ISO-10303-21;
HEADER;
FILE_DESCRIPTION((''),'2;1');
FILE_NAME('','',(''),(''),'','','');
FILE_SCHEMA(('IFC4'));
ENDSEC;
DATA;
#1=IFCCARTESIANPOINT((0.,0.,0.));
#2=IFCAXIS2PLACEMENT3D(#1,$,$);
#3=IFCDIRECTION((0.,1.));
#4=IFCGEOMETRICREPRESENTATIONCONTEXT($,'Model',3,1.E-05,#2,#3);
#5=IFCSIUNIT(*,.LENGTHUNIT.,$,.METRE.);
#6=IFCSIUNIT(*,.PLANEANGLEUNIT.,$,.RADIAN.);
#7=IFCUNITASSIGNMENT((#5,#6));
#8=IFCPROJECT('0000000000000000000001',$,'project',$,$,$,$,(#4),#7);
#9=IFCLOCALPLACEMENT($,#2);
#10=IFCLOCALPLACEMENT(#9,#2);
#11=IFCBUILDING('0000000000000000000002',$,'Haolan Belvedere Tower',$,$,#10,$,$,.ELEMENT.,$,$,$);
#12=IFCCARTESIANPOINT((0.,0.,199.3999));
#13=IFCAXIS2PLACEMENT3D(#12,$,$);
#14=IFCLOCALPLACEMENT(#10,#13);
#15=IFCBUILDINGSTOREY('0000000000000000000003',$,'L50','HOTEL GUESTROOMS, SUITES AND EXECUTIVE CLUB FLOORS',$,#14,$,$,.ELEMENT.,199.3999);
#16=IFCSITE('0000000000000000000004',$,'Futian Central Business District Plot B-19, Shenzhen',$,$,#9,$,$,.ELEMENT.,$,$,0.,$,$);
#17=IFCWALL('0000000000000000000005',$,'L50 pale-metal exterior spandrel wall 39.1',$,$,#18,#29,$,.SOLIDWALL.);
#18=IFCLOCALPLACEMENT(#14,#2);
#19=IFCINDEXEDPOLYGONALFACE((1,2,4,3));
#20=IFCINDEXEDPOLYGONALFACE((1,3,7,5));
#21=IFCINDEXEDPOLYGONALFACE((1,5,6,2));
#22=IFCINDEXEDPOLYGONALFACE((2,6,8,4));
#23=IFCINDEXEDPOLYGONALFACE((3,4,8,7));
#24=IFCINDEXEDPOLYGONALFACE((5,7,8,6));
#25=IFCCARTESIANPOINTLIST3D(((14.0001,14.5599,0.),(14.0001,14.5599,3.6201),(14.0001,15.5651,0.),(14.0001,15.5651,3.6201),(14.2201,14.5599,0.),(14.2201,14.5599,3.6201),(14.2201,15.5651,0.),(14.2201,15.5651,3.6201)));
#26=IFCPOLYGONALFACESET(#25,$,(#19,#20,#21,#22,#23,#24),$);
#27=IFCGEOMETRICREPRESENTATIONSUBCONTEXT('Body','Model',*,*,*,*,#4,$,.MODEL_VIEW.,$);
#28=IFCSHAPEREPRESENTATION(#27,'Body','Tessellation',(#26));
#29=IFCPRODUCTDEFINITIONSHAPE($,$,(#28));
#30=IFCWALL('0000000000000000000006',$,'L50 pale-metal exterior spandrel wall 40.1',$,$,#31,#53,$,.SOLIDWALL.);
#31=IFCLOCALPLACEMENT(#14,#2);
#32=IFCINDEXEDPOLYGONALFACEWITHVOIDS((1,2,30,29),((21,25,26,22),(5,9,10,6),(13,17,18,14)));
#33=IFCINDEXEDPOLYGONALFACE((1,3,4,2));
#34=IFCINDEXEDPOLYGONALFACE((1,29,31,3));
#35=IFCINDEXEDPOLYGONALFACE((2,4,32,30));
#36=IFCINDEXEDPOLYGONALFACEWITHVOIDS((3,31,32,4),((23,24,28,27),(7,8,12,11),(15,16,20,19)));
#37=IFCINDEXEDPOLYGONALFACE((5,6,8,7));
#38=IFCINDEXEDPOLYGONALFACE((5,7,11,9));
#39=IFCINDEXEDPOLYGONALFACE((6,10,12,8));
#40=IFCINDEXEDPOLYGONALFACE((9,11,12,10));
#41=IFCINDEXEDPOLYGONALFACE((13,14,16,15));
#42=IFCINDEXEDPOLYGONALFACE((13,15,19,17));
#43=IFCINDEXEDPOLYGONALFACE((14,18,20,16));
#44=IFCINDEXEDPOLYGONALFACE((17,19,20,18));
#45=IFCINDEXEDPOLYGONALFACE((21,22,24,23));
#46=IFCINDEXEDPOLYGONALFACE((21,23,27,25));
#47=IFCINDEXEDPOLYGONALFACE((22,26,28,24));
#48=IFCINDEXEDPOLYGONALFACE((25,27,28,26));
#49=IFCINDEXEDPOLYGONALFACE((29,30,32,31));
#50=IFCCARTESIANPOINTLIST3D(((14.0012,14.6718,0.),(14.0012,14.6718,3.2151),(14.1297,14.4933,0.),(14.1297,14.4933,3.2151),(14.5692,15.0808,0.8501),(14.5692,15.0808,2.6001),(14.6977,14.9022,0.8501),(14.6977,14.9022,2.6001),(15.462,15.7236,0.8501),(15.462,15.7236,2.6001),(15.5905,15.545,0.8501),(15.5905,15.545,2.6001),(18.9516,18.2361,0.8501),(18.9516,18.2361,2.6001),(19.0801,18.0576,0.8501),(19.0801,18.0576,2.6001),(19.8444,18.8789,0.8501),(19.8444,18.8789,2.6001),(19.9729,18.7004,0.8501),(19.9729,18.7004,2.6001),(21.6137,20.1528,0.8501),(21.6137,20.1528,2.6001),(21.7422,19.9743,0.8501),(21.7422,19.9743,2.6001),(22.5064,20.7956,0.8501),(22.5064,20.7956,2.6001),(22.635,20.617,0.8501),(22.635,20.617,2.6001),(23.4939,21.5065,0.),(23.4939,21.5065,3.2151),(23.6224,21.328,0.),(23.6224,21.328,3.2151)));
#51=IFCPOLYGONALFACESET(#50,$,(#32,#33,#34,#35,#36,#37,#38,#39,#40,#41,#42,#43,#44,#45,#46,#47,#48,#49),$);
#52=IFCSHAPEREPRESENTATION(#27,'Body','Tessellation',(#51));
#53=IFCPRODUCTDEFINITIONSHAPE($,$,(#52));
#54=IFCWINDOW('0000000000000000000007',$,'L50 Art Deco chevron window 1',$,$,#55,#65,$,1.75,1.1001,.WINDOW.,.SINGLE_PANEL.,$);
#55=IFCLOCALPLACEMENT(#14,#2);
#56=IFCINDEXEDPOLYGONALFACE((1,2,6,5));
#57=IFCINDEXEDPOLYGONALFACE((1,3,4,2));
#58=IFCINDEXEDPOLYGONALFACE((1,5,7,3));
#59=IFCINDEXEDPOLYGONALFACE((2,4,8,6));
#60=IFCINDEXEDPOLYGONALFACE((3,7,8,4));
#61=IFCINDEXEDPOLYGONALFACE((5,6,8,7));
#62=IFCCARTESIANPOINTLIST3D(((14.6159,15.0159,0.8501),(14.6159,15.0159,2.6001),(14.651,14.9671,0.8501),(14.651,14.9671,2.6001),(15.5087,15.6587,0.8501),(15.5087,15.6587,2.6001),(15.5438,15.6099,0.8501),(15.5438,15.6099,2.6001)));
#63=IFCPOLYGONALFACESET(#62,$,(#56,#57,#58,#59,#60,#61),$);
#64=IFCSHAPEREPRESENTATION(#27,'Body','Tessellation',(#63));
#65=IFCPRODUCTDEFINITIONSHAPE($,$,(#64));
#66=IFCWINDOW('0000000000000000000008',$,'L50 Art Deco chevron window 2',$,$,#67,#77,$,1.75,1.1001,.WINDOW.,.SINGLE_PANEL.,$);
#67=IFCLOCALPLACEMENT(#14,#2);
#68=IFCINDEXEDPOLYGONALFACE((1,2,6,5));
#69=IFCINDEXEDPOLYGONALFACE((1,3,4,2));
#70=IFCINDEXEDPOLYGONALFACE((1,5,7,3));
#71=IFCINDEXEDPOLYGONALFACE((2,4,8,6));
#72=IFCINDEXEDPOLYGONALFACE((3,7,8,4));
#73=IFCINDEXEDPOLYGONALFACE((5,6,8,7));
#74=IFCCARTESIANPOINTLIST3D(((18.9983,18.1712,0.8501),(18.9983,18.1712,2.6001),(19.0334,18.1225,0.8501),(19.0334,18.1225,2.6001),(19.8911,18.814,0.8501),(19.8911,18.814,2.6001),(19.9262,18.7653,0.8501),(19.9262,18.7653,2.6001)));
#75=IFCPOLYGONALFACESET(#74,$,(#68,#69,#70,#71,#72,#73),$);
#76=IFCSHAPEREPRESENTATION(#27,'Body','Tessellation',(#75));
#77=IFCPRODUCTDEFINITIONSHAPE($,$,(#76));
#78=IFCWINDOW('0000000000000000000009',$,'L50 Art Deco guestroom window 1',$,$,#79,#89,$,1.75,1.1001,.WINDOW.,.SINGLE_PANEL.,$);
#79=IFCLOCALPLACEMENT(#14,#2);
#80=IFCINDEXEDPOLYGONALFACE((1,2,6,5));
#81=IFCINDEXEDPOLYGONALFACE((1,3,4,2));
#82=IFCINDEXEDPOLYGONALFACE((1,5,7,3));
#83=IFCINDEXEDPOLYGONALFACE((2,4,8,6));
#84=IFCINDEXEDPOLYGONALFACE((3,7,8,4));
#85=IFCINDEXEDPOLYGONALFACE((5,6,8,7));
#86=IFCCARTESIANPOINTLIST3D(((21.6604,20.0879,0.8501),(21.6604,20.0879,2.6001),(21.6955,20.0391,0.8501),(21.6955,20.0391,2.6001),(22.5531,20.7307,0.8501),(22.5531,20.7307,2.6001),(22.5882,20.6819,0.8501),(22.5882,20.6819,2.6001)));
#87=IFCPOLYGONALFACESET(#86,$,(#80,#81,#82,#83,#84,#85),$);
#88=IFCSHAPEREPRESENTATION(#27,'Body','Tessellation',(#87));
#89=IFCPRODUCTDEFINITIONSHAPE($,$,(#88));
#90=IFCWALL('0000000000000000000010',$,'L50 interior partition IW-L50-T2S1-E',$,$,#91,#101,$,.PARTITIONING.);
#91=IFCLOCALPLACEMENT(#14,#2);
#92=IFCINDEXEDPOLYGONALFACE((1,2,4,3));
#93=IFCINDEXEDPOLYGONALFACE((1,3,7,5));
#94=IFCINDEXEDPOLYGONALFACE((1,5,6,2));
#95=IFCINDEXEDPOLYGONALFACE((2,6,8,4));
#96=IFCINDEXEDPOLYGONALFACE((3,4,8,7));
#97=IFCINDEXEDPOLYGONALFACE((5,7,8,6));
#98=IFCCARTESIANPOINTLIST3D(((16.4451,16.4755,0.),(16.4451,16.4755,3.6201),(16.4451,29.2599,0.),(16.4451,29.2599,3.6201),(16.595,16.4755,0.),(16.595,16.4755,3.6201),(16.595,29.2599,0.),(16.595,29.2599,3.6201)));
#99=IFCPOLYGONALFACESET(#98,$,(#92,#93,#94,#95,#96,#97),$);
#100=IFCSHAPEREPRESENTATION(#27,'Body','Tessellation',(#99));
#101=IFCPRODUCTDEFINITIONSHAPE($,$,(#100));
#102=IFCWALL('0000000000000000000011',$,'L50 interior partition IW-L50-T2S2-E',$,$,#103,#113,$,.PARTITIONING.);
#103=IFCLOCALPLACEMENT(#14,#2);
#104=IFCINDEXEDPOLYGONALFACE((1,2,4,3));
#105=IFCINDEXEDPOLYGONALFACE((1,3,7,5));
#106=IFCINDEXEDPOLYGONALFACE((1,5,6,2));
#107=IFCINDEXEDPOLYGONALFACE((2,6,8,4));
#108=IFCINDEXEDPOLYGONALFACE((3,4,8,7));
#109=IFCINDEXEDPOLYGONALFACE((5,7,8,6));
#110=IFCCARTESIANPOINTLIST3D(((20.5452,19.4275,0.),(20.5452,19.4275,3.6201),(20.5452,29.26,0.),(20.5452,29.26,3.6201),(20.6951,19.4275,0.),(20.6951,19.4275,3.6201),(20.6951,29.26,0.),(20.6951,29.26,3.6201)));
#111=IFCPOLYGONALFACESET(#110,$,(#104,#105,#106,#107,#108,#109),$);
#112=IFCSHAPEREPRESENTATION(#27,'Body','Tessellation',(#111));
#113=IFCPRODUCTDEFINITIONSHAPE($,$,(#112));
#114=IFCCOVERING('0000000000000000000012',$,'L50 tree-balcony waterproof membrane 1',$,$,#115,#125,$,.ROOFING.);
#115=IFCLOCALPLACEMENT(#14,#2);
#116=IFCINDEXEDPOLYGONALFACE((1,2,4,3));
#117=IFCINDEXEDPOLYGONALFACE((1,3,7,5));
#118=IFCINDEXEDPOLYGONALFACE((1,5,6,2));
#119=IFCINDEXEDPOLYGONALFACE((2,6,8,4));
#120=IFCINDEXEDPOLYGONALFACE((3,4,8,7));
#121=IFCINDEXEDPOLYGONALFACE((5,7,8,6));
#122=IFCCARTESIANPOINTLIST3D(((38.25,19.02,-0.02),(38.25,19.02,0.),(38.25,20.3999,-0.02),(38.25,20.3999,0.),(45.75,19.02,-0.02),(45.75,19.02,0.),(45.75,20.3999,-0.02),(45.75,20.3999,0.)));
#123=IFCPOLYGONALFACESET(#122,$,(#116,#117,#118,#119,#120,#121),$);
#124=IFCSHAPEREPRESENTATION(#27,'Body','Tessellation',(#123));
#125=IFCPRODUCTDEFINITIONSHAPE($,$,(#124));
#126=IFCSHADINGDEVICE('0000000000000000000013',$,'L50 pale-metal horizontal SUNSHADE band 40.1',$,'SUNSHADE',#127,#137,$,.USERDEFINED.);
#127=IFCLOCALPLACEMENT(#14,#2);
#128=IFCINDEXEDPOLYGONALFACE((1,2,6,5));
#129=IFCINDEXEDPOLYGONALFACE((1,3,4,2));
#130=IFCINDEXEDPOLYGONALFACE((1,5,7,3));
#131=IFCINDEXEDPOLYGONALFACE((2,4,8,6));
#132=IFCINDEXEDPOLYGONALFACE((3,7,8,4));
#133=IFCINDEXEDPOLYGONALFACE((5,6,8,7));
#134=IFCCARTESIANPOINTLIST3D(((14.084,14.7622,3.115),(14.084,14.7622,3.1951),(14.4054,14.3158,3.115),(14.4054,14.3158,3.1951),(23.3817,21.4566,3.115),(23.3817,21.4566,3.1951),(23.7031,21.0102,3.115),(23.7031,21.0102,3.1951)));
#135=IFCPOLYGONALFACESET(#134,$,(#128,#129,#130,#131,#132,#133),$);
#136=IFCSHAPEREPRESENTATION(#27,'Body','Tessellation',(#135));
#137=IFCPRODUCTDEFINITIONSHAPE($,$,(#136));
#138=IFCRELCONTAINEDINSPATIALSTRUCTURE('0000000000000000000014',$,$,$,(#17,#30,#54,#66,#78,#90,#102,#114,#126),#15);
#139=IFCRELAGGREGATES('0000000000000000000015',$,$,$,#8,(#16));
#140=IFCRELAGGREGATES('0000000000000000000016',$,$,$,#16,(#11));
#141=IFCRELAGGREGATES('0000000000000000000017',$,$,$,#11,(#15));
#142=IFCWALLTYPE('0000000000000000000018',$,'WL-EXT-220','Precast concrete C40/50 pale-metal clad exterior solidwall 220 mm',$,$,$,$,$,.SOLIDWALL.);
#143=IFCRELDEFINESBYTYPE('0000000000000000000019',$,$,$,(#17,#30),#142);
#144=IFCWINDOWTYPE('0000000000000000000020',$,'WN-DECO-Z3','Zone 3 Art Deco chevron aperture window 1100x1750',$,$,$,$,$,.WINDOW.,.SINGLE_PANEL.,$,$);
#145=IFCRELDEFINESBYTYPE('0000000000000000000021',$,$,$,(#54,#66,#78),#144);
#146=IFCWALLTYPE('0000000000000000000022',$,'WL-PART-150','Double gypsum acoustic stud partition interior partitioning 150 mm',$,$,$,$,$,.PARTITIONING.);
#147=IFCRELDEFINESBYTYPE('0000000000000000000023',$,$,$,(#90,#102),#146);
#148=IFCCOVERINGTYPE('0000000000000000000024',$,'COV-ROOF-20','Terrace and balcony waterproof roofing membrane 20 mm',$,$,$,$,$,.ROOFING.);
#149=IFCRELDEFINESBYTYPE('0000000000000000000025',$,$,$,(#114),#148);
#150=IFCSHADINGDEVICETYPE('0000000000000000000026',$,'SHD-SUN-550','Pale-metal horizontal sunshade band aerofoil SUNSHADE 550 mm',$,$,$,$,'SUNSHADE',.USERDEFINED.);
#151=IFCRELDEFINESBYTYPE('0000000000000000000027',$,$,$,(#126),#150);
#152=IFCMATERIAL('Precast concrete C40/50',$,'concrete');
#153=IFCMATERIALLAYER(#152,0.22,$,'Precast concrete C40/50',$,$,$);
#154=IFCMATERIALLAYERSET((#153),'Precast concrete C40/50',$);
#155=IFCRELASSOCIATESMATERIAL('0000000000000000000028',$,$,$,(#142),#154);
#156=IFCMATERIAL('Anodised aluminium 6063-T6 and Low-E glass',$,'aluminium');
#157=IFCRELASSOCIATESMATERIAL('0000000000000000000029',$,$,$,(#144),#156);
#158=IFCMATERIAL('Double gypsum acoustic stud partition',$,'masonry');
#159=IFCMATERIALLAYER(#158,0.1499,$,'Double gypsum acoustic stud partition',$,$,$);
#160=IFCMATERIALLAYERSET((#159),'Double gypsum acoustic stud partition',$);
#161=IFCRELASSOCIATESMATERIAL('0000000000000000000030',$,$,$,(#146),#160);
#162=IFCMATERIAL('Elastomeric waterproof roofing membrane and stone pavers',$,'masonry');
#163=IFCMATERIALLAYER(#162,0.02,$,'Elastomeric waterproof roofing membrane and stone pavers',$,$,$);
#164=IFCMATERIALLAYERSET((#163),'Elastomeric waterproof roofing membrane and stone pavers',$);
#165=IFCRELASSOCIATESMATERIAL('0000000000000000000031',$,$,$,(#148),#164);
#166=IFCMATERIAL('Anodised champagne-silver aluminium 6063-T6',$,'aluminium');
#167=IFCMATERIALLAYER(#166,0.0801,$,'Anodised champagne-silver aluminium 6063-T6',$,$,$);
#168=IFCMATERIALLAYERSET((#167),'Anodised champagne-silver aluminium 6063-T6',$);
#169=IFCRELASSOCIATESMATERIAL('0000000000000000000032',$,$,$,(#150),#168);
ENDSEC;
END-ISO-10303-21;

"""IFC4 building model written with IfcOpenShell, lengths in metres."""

from ifc_helpers import new_model, si_unit, direction, frame, frame_2d, origin, origin_2d, place, context, subcontext, project, spatial, polyline, rectangle, outline, extrude, material, layer, layer_set, type_object, element, fill, save


model = new_model("IFC4")

# Units and contexts
model_context = context("Model", 3, precision=1e-05, world=origin(), true_north=direction((0.0, 1.0)))
body_context = subcontext(model_context, "Body", "Model", "MODEL_VIEW")
ifc_project = project(units=[si_unit("LENGTHUNIT", "METRE"), si_unit("PLANEANGLEUNIT", "RADIAN")], contexts=[model_context])

# Site, building, storey
site_placement = place(None, origin())
site = spatial("IfcSite", under=ifc_project, at=site_placement, Name="Futian Central Business District Plot B-19, Shenzhen", CompositionType="ELEMENT", RefElevation=0.0)
building_placement = place(site_placement, origin())
building = spatial("IfcBuilding", under=site, at=building_placement, Name="Haolan Belvedere Tower", CompositionType="ELEMENT")
storey_placement = place(building_placement, frame((0.0, 0.0, 199.3999)))
storey = spatial("IfcBuildingStorey", under=building, at=storey_placement, Name="L50", Description="HOTEL GUESTROOMS, SUITES AND EXECUTIVE CLUB FLOORS", CompositionType="ELEMENT", Elevation=199.3999)

# Wall
ifc_material_1 = material(Name="Precast concrete C40/50", Category="concrete")
ifc_layer_1 = layer(ifc_material_1, 0.22, Name="Precast concrete C40/50")
ifc_layer_set_1 = layer_set([ifc_layer_1], Name="Precast concrete C40/50")
wall_type_1 = type_object("IfcWallType", Name="WL-EXT-220", Description="Precast concrete C40/50 pale-metal clad exterior solidwall 220 mm", PredefinedType="SOLIDWALL", material=ifc_layer_set_1)
wall_1_placement = place(storey_placement, frame((14.1101, 15.5649, 0.0), z_axis=(0.0, 0.0, 1.0), x_axis=(0.0, -1.0, 0.0)))
element("IfcWall", 1, at=wall_1_placement, inside=storey, type_object=wall_type_1, Name="L50 pale-metal exterior spandrel wall 39.1", PredefinedType="SOLIDWALL", context=body_context, shape_type="SweptSolid", body=[
    extrude(rectangle(XDim=1.0051, YDim=0.22, at=frame_2d((0.5024, 0.0))), origin(), (0.0, 0.0, 1.0), 3.6201),
])

# Wall, openings, windows
wall_2_placement = place(storey_placement, frame((14.0654, 14.5825, 0.0), z_axis=(0.0, 0.0, 1.0), x_axis=(0.811535, 0.584304, 0.0)))
wall_2 = element("IfcWall", 2, at=wall_2_placement, inside=storey, type_object=wall_type_1, Name="L50 pale-metal exterior spandrel wall 40.1", PredefinedType="SOLIDWALL", context=body_context, shape_type="SweptSolid", body=[
    extrude(rectangle(XDim=11.6973, YDim=0.22, at=frame_2d((5.8486, 0.0))), origin(), (0.0, 0.0, 1.0), 3.2151),
])
opening_1_placement = place(wall_2_placement, frame((0.7, 0.0, 0.8501)))
opening_1 = element("IfcOpeningElement", 3, at=opening_1_placement, cuts=wall_2, PredefinedType="OPENING", context=body_context, shape_type="SweptSolid", body=[
    extrude(rectangle(XDim=1.1001, YDim=1.75, at=frame_2d((0.55, 0.875))), frame((0.0, 0.1199, 0.0), z_axis=(0.0, -1.0, 0.0), x_axis=(1.0, 0.0, 0.0)), (0.0, 0.0, 1.0), 0.24),
])
opening_2_placement = place(wall_2_placement, frame((6.1001, 0.0, 0.8501)))
opening_2 = element("IfcOpeningElement", 4, at=opening_2_placement, cuts=wall_2, PredefinedType="OPENING", context=body_context, shape_type="SweptSolid", body=[
    extrude(rectangle(XDim=1.1001, YDim=1.75, at=frame_2d((0.55, 0.875))), frame((0.0, 0.1199, 0.0), z_axis=(0.0, -1.0, 0.0), x_axis=(1.0, 0.0, 0.0)), (0.0, 0.0, 1.0), 0.24),
])
opening_3_placement = place(wall_2_placement, frame((9.3804, 0.0, 0.8501)))
opening_3 = element("IfcOpeningElement", 5, at=opening_3_placement, cuts=wall_2, PredefinedType="OPENING", context=body_context, shape_type="SweptSolid", body=[
    extrude(rectangle(XDim=1.1001, YDim=1.75, at=frame_2d((0.55, 0.875))), frame((0.0, 0.1199, 0.0), z_axis=(0.0, -1.0, 0.0), x_axis=(1.0, 0.0, 0.0)), (0.0, 0.0, 1.0), 0.24),
])
ifc_material_2 = material(Name="Anodised aluminium 6063-T6 and Low-E glass", Category="aluminium")
window_type = type_object("IfcWindowType", Name="WN-DECO-Z3", Description="Zone 3 Art Deco chevron aperture window 1100x1750", PartitioningType="SINGLE_PANEL", PredefinedType="WINDOW", material=ifc_material_2)
window_1_placement = place(opening_1_placement, origin())
window_1 = element("IfcWindow", 6, at=window_1_placement, inside=storey, type_object=window_type, Name="L50 Art Deco chevron window 1", OverallHeight=1.75, OverallWidth=1.1001, PartitioningType="SINGLE_PANEL", PredefinedType="WINDOW", context=body_context, shape_type="SweptSolid", body=[
    extrude(rectangle(XDim=1.1001, YDim=1.75, at=frame_2d((0.55, 0.875))), frame((0.0, 0.03, 0.0), z_axis=(0.0, -1.0, 0.0), x_axis=(1.0, 0.0, 0.0)), (0.0, 0.0, 1.0), 0.0601),
])
fill(opening_1, window_1)
window_2_placement = place(opening_2_placement, origin())
window_2 = element("IfcWindow", 7, at=window_2_placement, inside=storey, type_object=window_type, Name="L50 Art Deco chevron window 2", OverallHeight=1.75, OverallWidth=1.1001, PartitioningType="SINGLE_PANEL", PredefinedType="WINDOW", context=body_context, shape_type="SweptSolid", body=[
    extrude(rectangle(XDim=1.1001, YDim=1.75, at=frame_2d((0.55, 0.875))), frame((0.0, 0.03, 0.0), z_axis=(0.0, -1.0, 0.0), x_axis=(1.0, 0.0, 0.0)), (0.0, 0.0, 1.0), 0.0601),
])
fill(opening_2, window_2)
window_3_placement = place(opening_3_placement, origin())
window_3 = element("IfcWindow", 8, at=window_3_placement, inside=storey, type_object=window_type, Name="L50 Art Deco guestroom window 1", OverallHeight=1.75, OverallWidth=1.1001, PartitioningType="SINGLE_PANEL", PredefinedType="WINDOW", context=body_context, shape_type="SweptSolid", body=[
    extrude(rectangle(XDim=1.1001, YDim=1.75, at=frame_2d((0.55, 0.875))), frame((0.0, 0.03, 0.0), z_axis=(0.0, -1.0, 0.0), x_axis=(1.0, 0.0, 0.0)), (0.0, 0.0, 1.0), 0.0601),
])
fill(opening_3, window_3)

# Walls
ifc_material_3 = material(Name="Double gypsum acoustic stud partition", Category="masonry")
ifc_layer_2 = layer(ifc_material_3, 0.1499, Name="Double gypsum acoustic stud partition")
ifc_layer_set_2 = layer_set([ifc_layer_2], Name="Double gypsum acoustic stud partition")
wall_type_2 = type_object("IfcWallType", Name="WL-PART-150", Description="Double gypsum acoustic stud partition interior partitioning 150 mm", PredefinedType="PARTITIONING", material=ifc_layer_set_2)
wall_3_placement = place(storey_placement, frame((16.52, 16.4756, 0.0), z_axis=(0.0, 0.0, 1.0), x_axis=(0.0, 1.0, 0.0)))
element("IfcWall", 9, at=wall_3_placement, inside=storey, type_object=wall_type_2, Name="L50 interior partition IW-L50-T2S1-E", PredefinedType="PARTITIONING", context=body_context, shape_type="SweptSolid", body=[
    extrude(rectangle(XDim=12.7844, YDim=0.1499, at=frame_2d((6.3921, 0.0))), origin(), (0.0, 0.0, 1.0), 3.6201),
])
wall_4_placement = place(storey_placement, frame((20.6201, 19.4275, 0.0), z_axis=(0.0, 0.0, 1.0), x_axis=(0.0, 1.0, 0.0)))
element("IfcWall", 10, at=wall_4_placement, inside=storey, type_object=wall_type_2, Name="L50 interior partition IW-L50-T2S2-E", PredefinedType="PARTITIONING", context=body_context, shape_type="SweptSolid", body=[
    extrude(rectangle(XDim=9.8325, YDim=0.1499, at=frame_2d((4.9163, 0.0))), origin(), (0.0, 0.0, 1.0), 3.6201),
])

# Covering
ifc_material_4 = material(Name="Elastomeric waterproof roofing membrane and stone pavers", Category="masonry")
ifc_layer_3 = layer(ifc_material_4, 0.02, Name="Elastomeric waterproof roofing membrane and stone pavers")
ifc_layer_set_3 = layer_set([ifc_layer_3], Name="Elastomeric waterproof roofing membrane and stone pavers")
covering_type = type_object("IfcCoveringType", Name="COV-ROOF-20", Description="Terrace and balcony waterproof roofing membrane 20 mm", PredefinedType="ROOFING", material=ifc_layer_set_3)
covering_placement = place(storey_placement, frame((0.0, 0.0, -0.02)))
element("IfcCovering", 11, at=covering_placement, inside=storey, type_object=covering_type, Name="L50 tree-balcony waterproof membrane 1", PredefinedType="ROOFING", context=body_context, shape_type="SweptSolid", body=[
    extrude(outline(polyline([(38.25, 19.02), (45.75, 19.02), (45.75, 20.3999), (38.25, 20.3999), (38.25, 19.02)])), origin(), (0.0, 0.0, 1.0), 0.02),
])

# Shading device
ifc_material_5 = material(Name="Anodised champagne-silver aluminium 6063-T6", Category="aluminium")
ifc_layer_4 = layer(ifc_material_5, 0.0801, Name="Anodised champagne-silver aluminium 6063-T6")
ifc_layer_set_4 = layer_set([ifc_layer_4], Name="Anodised champagne-silver aluminium 6063-T6")
shading_device_type = type_object("IfcShadingDeviceType", Name="SHD-SUN-550", Description="Pale-metal horizontal sunshade band aerofoil SUNSHADE 550 mm", ElementType="SUNSHADE", PredefinedType="USERDEFINED", material=ifc_layer_set_4)
shading_device_placement = place(storey_placement, frame((18.8936, 17.8862, 3.115), z_axis=(0.0, 0.0, 1.0), x_axis=(0.811533, 0.584306, 0.0)))
element("IfcShadingDevice", 12, at=shading_device_placement, inside=storey, type_object=shading_device_type, Name="L50 pale-metal horizontal SUNSHADE band 40.1", ObjectType="SUNSHADE", PredefinedType="USERDEFINED", context=body_context, shape_type="SweptSolid", body=[
    extrude(rectangle(XDim=11.457, YDim=0.55, at=origin_2d()), origin(), (0.0, 0.0, 1.0), 0.0801),
])

save(model, "model.ifc")
